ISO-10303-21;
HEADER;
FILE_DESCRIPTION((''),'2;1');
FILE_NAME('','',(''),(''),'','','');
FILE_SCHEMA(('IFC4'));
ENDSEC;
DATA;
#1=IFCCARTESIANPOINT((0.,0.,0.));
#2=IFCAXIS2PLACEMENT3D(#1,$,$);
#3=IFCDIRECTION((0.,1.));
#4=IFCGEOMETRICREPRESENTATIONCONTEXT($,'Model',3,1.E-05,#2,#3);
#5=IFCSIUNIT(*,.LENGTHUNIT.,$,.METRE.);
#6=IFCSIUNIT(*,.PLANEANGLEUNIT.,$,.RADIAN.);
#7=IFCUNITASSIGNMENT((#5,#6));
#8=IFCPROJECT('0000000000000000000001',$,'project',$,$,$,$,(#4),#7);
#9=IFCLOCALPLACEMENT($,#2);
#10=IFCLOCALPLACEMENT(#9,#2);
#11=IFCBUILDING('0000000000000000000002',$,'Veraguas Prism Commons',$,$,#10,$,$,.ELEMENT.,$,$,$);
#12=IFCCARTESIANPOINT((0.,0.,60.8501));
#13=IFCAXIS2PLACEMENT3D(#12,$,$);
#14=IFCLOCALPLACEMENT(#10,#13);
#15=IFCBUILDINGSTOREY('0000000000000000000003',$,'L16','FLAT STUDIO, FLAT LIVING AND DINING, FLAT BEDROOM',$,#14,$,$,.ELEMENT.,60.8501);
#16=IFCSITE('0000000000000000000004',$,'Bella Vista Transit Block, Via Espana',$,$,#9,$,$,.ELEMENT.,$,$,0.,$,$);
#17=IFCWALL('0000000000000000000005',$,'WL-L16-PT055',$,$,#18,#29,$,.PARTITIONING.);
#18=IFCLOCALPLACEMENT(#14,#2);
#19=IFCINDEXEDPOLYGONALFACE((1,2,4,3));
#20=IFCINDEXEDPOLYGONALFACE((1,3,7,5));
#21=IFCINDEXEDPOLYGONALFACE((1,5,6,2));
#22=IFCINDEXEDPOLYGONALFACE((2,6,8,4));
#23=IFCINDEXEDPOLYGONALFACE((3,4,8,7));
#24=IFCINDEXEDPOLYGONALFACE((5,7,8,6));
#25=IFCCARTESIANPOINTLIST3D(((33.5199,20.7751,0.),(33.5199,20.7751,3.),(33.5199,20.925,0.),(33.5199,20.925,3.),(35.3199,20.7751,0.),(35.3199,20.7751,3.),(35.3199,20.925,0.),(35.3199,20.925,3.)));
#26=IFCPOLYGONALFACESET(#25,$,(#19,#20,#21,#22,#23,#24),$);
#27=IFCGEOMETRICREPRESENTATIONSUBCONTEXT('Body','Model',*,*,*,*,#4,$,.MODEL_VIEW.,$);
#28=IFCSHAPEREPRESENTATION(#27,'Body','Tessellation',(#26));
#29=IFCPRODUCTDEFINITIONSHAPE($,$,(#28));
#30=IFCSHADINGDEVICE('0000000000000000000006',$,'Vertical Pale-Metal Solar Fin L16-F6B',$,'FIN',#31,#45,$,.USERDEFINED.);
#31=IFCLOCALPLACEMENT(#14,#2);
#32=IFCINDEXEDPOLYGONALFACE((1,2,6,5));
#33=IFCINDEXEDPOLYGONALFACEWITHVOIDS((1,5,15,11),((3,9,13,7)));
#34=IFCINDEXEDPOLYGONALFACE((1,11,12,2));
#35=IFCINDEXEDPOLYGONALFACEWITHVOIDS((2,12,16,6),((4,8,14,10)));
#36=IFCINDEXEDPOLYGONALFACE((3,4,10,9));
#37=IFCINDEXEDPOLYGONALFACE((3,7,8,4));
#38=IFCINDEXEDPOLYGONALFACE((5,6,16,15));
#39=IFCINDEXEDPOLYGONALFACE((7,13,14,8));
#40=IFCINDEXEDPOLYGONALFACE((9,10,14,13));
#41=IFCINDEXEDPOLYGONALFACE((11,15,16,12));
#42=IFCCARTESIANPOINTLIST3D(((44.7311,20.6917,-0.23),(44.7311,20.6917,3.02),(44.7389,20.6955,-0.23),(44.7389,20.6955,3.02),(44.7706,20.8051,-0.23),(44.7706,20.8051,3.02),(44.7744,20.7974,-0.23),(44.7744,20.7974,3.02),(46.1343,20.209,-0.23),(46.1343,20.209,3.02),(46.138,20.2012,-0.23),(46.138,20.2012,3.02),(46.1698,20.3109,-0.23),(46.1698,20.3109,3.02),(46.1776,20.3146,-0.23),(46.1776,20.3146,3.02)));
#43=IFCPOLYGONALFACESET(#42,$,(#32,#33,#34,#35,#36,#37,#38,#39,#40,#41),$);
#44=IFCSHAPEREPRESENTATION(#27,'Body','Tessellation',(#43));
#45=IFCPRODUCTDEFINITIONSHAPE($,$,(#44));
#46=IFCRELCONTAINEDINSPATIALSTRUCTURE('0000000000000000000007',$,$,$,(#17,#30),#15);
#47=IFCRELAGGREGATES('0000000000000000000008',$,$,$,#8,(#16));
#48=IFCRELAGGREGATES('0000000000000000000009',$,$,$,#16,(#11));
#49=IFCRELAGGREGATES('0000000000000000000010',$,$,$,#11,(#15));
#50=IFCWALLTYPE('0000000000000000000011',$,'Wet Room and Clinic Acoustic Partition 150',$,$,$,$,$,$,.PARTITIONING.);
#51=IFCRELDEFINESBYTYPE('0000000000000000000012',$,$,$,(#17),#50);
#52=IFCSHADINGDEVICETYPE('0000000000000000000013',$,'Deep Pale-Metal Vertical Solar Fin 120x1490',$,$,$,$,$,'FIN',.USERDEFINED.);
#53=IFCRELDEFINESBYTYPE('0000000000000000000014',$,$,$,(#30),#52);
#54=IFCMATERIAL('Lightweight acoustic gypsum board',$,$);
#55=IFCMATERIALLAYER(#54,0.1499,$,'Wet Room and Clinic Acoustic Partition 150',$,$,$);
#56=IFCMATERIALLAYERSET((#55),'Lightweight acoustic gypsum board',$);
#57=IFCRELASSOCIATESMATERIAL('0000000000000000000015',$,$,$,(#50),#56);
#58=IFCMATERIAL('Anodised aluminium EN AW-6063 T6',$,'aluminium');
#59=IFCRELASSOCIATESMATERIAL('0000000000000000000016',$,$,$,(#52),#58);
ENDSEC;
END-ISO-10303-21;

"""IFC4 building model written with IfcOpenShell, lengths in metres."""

from ifc_helpers import new_model, si_unit, direction, frame, frame_2d, origin, origin_2d, place, context, subcontext, project, spatial, rectangle, hollow_rectangle, extrude, material, layer, layer_set, material_profile, profile_set, type_object, element, save


model = new_model("IFC4")

# Units and contexts
model_context = context("Model", 3, precision=1e-05, world=origin(), true_north=direction((0.0, 1.0)))
body_context = subcontext(model_context, "Body", "Model", "MODEL_VIEW")
ifc_project = project(units=[si_unit("LENGTHUNIT", "METRE"), si_unit("PLANEANGLEUNIT", "RADIAN")], contexts=[model_context])

# Site, building, storey
site_placement = place(None, origin())
site = spatial("IfcSite", under=ifc_project, at=site_placement, Name="Bella Vista Transit Block, Via Espana", CompositionType="ELEMENT", RefElevation=0.0)
building_placement = place(site_placement, origin())
building = spatial("IfcBuilding", under=site, at=building_placement, Name="Veraguas Prism Commons", CompositionType="ELEMENT")
storey_placement = place(building_placement, frame((0.0, 0.0, 60.8501)))
storey = spatial("IfcBuildingStorey", under=building, at=storey_placement, Name="L16", Description="FLAT STUDIO, FLAT LIVING AND DINING, FLAT BEDROOM", CompositionType="ELEMENT", Elevation=60.8501)

# Shared definitions
ifc_material_1 = material(Name="Anodised aluminium EN AW-6063 T6", Category="aluminium")

# Shared definitions
ifc_material_2 = material(Name="Lightweight acoustic gypsum board")

# Wall
ifc_layer_1 = layer(ifc_material_2, 0.1499, Name="Wet Room and Clinic Acoustic Partition 150")
ifc_layer_set_1 = layer_set([ifc_layer_1], Name="Lightweight acoustic gypsum board")
wall_type_1 = type_object("IfcWallType", Name="Wet Room and Clinic Acoustic Partition 150", PredefinedType="PARTITIONING", material=ifc_layer_set_1)
wall_1_placement = place(storey_placement, frame((33.52, 20.8501, 0.0), z_axis=(0.0, 0.0, 1.0), x_axis=(1.0, 0.0, 0.0)))
element("IfcWall", 1, at=wall_1_placement, inside=storey, type_object=wall_type_1, Name="WL-L16-PT055", PredefinedType="PARTITIONING", context=body_context, shape_type="SweptSolid", body=[
    extrude(rectangle(XDim=1.8, YDim=0.1499, at=frame_2d((0.8999, 0.0))), origin(), (0.0, 0.0, 1.0), 3.0),
])

# Shading device
ifc_material_profile_1 = material_profile(ifc_material_1, hollow_rectangle(XDim=0.1201, YDim=1.49, WallThickness=0.0061, at=origin_2d()), Name="FIN120X1490X6")
ifc_profile_set_1 = profile_set([ifc_material_profile_1], Name="Anodised aluminium EN AW-6063 T6")
shading_device_type = type_object("IfcShadingDeviceType", Name="Deep Pale-Metal Vertical Solar Fin 120x1490", ElementType="FIN", PredefinedType="USERDEFINED", material=ifc_profile_set_1)
shading_device_placement = place(storey_placement, frame((45.4543, 20.5032, -0.23), z_axis=(0.0, 0.0, 1.0), x_axis=(0.329198, 0.944261, 0.0)))
element("IfcShadingDevice", 2, at=shading_device_placement, inside=storey, type_object=shading_device_type, Name="Vertical Pale-Metal Solar Fin L16-F6B", ObjectType="FIN", PredefinedType="USERDEFINED", context=body_context, shape_type="SweptSolid", body=[
    extrude(hollow_rectangle(XDim=0.1201, YDim=1.49, WallThickness=0.0061, at=origin_2d()), origin(), (0.0, 0.0, 1.0), 3.25),
])

save(model, "model.ifc")
